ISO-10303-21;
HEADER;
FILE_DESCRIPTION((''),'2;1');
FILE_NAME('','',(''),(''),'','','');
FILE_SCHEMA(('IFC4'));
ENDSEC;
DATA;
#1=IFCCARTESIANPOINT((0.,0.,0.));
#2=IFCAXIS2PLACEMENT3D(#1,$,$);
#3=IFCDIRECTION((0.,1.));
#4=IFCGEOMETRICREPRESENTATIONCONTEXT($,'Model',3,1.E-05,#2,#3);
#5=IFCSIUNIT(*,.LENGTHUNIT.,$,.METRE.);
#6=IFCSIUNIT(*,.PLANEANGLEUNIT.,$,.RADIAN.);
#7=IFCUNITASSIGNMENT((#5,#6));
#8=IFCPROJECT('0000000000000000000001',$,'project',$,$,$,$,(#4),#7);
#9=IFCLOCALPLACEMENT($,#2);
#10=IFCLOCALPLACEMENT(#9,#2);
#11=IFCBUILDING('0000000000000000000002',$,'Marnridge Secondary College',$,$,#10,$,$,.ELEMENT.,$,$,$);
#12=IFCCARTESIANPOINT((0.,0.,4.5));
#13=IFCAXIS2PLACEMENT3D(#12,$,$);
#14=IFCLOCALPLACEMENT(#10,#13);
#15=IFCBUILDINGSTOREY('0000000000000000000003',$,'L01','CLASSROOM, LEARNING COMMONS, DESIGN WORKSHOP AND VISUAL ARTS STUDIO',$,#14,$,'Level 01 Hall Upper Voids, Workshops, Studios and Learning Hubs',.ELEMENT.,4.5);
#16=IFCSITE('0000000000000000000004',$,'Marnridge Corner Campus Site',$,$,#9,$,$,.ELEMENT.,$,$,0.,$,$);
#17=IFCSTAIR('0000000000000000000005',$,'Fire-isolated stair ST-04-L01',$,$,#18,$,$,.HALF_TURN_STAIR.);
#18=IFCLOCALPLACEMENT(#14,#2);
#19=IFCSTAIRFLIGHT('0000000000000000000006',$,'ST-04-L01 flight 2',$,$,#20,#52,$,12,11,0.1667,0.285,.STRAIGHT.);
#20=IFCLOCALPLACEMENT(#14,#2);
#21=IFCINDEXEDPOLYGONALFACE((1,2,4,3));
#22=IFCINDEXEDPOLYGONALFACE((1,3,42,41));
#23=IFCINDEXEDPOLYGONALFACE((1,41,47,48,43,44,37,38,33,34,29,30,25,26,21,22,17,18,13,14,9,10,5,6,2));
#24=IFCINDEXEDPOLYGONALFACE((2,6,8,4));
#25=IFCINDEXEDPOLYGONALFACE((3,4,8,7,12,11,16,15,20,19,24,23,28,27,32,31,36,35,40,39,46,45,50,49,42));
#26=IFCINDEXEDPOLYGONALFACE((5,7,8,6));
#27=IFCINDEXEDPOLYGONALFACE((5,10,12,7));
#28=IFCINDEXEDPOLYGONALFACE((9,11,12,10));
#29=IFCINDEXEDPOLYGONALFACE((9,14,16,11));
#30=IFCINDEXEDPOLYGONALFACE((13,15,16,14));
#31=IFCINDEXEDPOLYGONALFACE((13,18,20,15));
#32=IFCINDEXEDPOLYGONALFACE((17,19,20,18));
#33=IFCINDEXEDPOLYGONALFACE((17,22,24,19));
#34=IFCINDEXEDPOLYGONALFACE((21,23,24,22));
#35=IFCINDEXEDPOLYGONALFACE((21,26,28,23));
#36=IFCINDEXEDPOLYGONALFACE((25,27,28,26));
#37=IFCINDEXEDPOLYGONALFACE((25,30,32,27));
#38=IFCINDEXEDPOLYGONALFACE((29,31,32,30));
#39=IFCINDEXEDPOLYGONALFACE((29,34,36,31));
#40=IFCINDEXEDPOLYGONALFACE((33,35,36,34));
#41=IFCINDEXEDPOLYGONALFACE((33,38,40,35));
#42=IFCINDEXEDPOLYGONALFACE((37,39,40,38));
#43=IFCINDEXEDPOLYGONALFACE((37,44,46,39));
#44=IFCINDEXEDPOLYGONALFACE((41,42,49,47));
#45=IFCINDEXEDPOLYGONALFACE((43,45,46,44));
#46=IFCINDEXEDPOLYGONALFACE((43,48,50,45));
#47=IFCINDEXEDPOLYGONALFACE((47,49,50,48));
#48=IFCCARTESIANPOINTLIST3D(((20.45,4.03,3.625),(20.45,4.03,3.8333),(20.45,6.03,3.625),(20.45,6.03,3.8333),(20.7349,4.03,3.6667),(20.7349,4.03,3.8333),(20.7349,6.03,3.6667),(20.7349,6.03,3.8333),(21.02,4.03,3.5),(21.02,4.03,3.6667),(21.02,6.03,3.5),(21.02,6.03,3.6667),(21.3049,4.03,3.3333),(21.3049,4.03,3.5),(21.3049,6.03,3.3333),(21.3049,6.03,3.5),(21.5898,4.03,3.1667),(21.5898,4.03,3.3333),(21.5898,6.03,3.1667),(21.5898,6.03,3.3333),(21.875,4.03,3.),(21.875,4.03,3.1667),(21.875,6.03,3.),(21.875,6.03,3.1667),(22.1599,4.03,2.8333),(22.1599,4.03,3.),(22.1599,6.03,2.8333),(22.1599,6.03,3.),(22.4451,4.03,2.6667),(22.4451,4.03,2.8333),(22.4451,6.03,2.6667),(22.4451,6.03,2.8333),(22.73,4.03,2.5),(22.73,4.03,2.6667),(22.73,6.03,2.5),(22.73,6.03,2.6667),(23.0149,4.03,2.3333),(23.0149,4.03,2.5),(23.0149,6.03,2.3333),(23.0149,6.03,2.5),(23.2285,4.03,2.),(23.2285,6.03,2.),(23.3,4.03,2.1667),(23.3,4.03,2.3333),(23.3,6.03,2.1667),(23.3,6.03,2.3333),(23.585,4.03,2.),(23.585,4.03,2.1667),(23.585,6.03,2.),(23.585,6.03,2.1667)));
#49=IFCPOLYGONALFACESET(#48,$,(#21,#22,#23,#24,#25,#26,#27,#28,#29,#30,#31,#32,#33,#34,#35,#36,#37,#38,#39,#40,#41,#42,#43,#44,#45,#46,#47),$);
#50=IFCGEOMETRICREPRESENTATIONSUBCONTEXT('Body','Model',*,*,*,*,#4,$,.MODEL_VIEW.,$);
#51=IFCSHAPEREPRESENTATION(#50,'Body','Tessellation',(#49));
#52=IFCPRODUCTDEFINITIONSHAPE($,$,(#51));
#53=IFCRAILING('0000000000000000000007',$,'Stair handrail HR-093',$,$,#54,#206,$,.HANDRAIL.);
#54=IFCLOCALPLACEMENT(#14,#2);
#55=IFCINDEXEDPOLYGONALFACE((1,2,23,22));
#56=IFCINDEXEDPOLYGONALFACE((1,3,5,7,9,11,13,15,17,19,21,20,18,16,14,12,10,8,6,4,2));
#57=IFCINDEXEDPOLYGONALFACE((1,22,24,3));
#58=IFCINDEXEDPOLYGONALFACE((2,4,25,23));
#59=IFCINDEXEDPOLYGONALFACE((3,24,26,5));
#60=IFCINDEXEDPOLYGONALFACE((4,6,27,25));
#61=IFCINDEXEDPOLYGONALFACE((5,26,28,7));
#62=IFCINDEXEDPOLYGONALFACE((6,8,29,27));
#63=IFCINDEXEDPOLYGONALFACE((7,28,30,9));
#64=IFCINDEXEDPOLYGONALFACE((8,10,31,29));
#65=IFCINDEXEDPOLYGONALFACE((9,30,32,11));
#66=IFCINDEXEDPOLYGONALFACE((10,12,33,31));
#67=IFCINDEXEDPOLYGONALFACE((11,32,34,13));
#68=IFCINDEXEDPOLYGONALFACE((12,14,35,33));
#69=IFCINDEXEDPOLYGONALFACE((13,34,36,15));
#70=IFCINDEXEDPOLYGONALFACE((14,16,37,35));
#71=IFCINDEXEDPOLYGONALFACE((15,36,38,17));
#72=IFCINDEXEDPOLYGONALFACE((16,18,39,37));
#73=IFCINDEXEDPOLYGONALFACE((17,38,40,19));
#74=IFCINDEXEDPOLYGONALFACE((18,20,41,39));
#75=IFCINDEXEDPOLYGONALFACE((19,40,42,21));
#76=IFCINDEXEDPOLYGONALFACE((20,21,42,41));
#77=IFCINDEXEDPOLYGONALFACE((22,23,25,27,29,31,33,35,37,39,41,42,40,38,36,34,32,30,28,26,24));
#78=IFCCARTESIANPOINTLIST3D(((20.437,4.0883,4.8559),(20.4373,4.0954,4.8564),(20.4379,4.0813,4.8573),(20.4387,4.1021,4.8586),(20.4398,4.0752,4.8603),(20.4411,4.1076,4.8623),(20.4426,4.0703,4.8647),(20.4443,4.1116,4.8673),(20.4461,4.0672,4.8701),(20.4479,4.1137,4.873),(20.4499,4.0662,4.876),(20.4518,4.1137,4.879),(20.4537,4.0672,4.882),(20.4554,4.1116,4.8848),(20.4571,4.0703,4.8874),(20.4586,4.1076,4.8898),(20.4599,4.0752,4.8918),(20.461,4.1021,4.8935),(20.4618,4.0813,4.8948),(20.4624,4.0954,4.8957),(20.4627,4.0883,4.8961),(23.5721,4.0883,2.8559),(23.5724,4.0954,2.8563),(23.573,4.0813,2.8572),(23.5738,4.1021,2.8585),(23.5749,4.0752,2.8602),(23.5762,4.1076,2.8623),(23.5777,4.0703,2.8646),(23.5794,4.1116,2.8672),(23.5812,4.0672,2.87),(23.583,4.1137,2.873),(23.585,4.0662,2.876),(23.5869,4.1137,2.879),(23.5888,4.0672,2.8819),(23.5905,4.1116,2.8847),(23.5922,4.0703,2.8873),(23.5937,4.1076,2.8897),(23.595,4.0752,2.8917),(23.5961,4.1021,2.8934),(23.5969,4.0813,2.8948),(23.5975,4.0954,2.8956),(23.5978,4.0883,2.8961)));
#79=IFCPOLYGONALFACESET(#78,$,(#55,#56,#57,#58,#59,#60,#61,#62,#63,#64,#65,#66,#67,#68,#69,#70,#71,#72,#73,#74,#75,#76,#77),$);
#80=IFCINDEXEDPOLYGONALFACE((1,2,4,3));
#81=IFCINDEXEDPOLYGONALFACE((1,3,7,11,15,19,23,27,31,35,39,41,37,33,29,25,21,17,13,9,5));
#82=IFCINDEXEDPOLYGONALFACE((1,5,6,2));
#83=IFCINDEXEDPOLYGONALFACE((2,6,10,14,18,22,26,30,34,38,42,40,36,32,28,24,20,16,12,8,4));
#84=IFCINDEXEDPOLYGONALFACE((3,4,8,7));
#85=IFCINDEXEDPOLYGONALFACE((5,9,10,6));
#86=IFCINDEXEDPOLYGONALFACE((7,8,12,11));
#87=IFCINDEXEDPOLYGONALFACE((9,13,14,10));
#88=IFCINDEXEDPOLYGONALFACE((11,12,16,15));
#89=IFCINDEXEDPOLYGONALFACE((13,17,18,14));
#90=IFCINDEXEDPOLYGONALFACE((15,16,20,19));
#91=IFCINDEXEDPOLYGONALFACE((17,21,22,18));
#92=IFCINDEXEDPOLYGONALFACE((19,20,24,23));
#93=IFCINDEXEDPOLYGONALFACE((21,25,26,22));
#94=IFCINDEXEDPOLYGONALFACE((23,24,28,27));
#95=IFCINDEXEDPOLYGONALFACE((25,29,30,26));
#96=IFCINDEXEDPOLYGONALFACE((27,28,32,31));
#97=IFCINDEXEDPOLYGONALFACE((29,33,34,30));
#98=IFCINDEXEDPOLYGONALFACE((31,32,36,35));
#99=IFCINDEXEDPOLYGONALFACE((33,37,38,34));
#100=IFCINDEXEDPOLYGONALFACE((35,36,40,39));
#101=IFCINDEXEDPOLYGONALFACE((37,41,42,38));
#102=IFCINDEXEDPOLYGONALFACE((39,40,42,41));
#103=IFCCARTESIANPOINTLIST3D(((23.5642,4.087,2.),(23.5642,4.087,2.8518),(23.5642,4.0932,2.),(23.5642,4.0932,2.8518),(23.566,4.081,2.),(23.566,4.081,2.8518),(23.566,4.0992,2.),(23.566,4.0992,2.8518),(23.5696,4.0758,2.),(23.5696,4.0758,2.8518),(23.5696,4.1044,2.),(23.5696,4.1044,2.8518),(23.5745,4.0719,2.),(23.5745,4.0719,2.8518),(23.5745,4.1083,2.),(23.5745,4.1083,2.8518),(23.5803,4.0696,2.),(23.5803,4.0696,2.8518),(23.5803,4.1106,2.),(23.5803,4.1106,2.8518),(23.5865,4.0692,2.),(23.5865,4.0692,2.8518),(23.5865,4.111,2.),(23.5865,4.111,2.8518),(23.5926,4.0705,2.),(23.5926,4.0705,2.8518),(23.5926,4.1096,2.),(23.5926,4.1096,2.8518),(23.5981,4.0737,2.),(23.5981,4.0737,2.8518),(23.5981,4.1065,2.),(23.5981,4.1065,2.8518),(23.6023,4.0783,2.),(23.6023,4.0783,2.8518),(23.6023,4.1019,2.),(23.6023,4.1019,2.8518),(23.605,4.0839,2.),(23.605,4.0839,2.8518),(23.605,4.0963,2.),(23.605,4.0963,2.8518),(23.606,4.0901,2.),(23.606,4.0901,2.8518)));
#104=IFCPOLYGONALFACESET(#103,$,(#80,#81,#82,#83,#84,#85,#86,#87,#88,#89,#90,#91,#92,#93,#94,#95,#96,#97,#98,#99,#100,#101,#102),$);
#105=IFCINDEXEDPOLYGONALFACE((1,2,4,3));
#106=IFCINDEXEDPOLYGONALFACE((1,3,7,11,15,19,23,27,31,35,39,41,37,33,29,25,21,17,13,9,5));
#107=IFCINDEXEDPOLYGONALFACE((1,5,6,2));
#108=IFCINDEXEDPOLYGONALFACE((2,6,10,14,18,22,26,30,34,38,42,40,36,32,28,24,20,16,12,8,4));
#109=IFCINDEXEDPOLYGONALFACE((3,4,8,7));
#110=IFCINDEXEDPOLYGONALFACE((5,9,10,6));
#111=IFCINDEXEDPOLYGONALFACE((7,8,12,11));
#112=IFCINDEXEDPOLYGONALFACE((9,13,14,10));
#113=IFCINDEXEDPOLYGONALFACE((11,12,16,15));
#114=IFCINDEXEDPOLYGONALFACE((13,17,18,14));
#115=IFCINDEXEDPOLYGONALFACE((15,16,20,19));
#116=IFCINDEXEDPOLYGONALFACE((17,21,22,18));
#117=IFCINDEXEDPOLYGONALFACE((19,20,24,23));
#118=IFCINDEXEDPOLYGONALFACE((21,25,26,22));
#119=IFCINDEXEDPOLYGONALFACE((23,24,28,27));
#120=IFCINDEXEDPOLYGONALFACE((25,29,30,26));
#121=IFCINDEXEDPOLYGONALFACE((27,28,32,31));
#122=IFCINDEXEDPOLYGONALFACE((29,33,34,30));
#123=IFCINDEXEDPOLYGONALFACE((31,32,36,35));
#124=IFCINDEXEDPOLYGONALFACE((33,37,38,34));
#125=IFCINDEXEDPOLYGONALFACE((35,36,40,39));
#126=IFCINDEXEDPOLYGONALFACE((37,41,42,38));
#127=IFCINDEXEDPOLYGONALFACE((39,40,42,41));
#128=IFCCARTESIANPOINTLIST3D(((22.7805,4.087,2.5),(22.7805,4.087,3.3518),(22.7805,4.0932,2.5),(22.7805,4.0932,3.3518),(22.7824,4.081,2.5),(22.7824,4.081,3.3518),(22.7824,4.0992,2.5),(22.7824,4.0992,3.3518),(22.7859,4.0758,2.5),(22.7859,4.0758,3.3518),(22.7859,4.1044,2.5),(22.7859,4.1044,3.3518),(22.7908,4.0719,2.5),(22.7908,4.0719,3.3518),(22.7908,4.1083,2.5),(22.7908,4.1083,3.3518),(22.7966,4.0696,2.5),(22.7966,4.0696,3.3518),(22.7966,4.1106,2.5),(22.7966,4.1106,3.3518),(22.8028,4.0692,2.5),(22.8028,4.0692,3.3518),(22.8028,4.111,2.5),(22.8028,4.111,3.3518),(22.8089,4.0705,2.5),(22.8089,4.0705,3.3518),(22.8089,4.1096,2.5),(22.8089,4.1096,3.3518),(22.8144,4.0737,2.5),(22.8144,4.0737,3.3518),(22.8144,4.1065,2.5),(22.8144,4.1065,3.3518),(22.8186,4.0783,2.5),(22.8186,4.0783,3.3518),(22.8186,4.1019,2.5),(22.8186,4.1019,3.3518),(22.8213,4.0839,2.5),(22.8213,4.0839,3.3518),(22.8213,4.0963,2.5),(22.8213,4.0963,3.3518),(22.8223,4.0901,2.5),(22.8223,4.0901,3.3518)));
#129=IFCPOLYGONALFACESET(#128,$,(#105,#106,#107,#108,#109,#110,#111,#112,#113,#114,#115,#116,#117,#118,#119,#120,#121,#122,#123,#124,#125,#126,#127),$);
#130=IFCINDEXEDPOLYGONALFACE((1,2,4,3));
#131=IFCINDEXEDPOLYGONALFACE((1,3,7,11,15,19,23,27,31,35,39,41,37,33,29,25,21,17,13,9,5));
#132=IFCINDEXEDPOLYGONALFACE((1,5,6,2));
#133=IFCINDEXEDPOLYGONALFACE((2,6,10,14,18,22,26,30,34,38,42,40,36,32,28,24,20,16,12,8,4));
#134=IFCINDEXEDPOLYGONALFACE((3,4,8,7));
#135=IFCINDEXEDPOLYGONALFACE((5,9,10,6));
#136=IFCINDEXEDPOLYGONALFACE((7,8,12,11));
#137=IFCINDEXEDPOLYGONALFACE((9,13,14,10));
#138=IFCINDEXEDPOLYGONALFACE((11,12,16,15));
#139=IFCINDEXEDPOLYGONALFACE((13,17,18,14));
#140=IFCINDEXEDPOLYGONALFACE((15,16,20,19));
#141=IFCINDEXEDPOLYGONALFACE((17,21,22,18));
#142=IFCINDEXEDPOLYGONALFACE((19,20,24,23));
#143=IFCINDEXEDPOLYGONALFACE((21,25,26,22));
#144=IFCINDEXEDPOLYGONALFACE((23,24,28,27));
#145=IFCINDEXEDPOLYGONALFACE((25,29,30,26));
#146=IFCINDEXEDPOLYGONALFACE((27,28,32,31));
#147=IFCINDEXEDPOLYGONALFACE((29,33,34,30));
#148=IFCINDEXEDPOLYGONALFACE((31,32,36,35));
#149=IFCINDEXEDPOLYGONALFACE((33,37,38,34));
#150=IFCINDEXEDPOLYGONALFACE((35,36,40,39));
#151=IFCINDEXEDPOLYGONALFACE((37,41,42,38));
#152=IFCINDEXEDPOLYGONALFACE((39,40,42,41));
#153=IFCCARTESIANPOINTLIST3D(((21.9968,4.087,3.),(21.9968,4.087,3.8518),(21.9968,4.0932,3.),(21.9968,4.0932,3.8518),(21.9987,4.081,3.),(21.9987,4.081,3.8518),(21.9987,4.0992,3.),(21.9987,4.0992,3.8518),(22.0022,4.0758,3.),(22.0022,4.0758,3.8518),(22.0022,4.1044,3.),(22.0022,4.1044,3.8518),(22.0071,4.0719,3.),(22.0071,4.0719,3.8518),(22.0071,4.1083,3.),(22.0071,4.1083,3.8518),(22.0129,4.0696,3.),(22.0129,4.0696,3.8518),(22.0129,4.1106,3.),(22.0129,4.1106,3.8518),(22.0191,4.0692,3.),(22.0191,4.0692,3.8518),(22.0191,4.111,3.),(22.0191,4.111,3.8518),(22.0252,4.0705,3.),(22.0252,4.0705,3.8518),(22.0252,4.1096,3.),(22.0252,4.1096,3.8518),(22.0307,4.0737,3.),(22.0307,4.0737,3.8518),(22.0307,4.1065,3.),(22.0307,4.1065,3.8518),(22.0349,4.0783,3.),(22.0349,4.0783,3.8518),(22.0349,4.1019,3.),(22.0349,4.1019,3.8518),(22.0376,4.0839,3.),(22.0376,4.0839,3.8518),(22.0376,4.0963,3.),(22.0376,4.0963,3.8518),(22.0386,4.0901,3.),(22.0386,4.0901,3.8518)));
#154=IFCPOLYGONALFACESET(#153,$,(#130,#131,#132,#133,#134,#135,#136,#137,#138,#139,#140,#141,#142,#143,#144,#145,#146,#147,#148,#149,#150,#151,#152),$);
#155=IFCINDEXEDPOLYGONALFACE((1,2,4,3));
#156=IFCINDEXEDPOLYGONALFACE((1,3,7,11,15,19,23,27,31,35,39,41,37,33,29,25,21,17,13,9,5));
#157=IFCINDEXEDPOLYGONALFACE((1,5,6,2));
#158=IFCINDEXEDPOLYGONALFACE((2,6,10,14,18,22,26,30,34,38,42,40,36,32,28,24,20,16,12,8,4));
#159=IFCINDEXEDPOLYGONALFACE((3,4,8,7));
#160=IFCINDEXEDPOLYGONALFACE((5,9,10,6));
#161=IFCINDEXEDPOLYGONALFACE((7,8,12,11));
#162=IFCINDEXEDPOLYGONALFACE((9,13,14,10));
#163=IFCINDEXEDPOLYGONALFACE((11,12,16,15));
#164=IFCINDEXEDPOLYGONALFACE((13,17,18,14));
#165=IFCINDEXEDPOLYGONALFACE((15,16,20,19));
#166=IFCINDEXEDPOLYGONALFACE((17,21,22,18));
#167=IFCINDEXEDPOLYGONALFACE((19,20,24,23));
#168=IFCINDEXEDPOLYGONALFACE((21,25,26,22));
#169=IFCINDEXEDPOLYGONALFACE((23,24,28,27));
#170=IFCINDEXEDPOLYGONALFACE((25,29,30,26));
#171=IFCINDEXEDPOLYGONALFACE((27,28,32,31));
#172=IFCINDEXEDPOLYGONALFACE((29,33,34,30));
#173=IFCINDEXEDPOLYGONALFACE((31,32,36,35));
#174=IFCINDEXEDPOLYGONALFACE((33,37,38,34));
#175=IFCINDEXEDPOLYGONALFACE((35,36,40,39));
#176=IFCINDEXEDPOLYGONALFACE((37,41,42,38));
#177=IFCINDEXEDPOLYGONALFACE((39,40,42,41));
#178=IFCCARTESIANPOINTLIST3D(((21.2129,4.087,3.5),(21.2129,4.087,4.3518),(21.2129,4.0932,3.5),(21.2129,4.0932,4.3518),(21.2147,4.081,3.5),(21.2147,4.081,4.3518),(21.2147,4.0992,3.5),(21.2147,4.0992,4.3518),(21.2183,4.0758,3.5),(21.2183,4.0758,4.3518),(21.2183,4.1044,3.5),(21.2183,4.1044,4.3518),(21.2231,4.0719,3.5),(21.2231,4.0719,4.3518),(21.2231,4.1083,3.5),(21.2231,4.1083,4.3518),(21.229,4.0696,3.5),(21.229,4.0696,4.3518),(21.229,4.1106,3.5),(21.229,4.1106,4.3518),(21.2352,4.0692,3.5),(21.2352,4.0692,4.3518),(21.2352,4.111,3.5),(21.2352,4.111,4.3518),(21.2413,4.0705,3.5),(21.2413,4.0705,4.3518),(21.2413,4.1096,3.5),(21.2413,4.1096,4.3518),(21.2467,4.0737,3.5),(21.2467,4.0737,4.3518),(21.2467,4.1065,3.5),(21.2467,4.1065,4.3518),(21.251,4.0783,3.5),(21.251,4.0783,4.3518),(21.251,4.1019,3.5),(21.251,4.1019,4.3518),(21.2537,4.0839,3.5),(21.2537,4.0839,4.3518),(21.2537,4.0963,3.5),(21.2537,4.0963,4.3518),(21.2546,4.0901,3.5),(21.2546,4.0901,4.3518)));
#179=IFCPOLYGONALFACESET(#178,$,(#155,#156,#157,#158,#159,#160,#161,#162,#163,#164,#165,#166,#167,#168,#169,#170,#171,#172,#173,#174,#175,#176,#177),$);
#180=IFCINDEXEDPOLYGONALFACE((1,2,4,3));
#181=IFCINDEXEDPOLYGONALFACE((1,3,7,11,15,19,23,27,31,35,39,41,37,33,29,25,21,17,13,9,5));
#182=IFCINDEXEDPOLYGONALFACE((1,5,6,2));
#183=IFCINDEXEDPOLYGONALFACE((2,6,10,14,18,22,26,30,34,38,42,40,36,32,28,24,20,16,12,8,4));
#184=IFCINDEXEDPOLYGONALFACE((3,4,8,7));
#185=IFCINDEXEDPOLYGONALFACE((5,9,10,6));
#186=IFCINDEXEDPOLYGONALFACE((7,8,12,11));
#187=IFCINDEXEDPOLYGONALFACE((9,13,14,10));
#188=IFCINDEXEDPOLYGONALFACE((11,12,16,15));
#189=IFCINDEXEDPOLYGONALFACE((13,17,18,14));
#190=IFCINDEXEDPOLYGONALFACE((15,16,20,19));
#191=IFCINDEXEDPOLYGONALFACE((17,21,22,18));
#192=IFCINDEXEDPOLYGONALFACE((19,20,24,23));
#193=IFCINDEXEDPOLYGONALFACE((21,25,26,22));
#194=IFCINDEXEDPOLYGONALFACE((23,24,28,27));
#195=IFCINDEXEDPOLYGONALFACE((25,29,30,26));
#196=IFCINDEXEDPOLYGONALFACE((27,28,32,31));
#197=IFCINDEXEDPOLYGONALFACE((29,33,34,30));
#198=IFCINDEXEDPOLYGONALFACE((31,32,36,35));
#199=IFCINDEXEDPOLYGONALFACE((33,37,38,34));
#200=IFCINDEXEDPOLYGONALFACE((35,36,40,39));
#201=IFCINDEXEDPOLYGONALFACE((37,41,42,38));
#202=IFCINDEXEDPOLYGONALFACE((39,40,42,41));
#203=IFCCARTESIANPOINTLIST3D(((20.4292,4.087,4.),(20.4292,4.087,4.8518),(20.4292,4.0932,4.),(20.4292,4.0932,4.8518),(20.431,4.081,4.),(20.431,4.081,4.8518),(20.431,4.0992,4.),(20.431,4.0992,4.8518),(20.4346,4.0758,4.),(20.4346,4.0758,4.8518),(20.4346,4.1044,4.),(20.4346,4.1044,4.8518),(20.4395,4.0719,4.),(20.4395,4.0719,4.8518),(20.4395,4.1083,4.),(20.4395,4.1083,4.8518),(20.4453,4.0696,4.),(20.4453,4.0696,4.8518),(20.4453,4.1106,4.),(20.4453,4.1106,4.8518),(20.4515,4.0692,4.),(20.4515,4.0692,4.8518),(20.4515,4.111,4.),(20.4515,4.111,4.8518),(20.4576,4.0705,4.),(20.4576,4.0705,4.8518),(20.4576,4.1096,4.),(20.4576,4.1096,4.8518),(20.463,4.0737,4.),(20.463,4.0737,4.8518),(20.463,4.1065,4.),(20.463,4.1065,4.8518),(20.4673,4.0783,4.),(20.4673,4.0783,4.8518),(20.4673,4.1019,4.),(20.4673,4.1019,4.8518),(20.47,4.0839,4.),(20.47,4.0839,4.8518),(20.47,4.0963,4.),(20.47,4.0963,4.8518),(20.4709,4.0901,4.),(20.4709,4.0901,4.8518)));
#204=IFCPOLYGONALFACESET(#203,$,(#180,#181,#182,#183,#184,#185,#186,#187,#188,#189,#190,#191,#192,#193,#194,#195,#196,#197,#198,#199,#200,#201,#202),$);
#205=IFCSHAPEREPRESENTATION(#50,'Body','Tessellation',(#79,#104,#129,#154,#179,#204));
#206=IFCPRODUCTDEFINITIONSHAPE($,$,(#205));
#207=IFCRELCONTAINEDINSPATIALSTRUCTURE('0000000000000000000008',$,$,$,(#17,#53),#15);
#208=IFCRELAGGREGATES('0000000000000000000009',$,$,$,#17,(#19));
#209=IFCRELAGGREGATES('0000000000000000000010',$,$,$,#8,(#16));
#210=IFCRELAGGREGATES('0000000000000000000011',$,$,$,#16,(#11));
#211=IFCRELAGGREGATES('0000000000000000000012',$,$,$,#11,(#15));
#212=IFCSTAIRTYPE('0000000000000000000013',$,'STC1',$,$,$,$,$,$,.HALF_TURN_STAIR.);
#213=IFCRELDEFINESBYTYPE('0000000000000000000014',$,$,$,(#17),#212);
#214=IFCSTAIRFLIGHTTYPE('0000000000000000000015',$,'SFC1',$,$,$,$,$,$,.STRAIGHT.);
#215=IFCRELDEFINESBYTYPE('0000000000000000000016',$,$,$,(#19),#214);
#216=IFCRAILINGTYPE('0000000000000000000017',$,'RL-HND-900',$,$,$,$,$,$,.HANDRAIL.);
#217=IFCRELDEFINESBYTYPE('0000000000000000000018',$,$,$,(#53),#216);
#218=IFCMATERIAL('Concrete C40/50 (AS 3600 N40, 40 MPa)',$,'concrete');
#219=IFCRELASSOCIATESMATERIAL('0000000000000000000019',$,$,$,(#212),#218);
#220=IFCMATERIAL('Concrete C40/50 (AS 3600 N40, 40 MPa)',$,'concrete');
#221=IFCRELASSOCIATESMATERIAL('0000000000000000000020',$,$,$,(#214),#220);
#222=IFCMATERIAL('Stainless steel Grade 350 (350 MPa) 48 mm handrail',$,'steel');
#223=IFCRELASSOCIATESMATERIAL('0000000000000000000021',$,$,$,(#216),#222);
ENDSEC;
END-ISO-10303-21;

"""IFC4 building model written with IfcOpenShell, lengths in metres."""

from ifc_helpers import new_model, si_unit, direction, frame, origin, origin_2d, place, context, subcontext, project, spatial, polyline, circle, outline, extrude, material, type_object, element, aggregate, save


model = new_model("IFC4")

# Units and contexts
model_context = context("Model", 3, precision=1e-05, world=origin(), true_north=direction((0.0, 1.0)))
body_context = subcontext(model_context, "Body", "Model", "MODEL_VIEW")
ifc_project = project(units=[si_unit("LENGTHUNIT", "METRE"), si_unit("PLANEANGLEUNIT", "RADIAN")], contexts=[model_context])

# Site, building, storey
site_placement = place(None, origin())
site = spatial("IfcSite", under=ifc_project, at=site_placement, Name="Marnridge Corner Campus Site", CompositionType="ELEMENT", RefElevation=0.0)
building_placement = place(site_placement, origin())
building = spatial("IfcBuilding", under=site, at=building_placement, Name="Marnridge Secondary College", CompositionType="ELEMENT")
storey_placement = place(building_placement, frame((0.0, 0.0, 4.5)))
storey = spatial("IfcBuildingStorey", under=building, at=storey_placement, Name="L01", Description="CLASSROOM, LEARNING COMMONS, DESIGN WORKSHOP AND VISUAL ARTS STUDIO", LongName="Level 01 Hall Upper Voids, Workshops, Studios and Learning Hubs", CompositionType="ELEMENT", Elevation=4.5)

# Stair, stair flight
ifc_material_1 = material(Name="Concrete C40/50 (AS 3600 N40, 40 MPa)", Category="concrete")
stair_type = type_object("IfcStairType", Name="STC1", PredefinedType="HALF_TURN_STAIR", material=ifc_material_1)
stair_placement = place(storey_placement, origin())
stair = element("IfcStair", 1, at=stair_placement, inside=storey, type_object=stair_type, Name="Fire-isolated stair ST-04-L01", PredefinedType="HALF_TURN_STAIR")
ifc_material_2 = material(Name="Concrete C40/50 (AS 3600 N40, 40 MPa)", Category="concrete")
stair_flight_type = type_object("IfcStairFlightType", Name="SFC1", PredefinedType="STRAIGHT", material=ifc_material_2)
stair_flight_placement = place(storey_placement, frame((23.585, 5.03, 2.0), z_axis=(0.0, 0.0, 1.0), x_axis=(-1.0, 0.0, 0.0)))
stair_flight = element("IfcStairFlight", 2, at=stair_flight_placement, type_object=stair_flight_type, Name="ST-04-L01 flight 2", NumberOfRisers=12, NumberOfTreads=11, PredefinedType="STRAIGHT", RiserHeight=0.1667, TreadLength=0.285, context=body_context, shape_type="SweptSolid", body=[
    extrude(outline(polyline([(0.0, 0.0), (0.0, 0.1667), (0.2849, 0.1667), (0.2849, 0.3333), (0.5701, 0.3333), (0.5701, 0.5), (0.855, 0.5), (0.855, 0.6667), (1.1399, 0.6667), (1.1399, 0.8333), (1.425, 0.8333), (1.425, 1.0), (1.71, 1.0), (1.71, 1.1667), (1.9951, 1.1667), (1.9951, 1.3333), (2.28, 1.3333), (2.28, 1.5), (2.5649, 1.5), (2.5649, 1.6667), (2.8501, 1.6667), (2.8501, 1.8333), (3.135, 1.8333), (3.135, 2.0), (3.135, 1.625), (0.3564, 0.0), (0.0, 0.0)])), frame((0.0, 1.0, 0.0), z_axis=(0.0, -1.0, 0.0), x_axis=(1.0, 0.0, 0.0)), (0.0, 0.0, 1.0), 2.0),
])
aggregate(stair, [stair_flight])

# Railing
ifc_material_3 = material(Name="Stainless steel Grade 350 (350 MPa) 48 mm handrail", Category="steel")
railing_type = type_object("IfcRailingType", Name="RL-HND-900", PredefinedType="HANDRAIL", material=ifc_material_3)
for number, where, name in (
    (3, (23.585, 4.0901, 2.0), "Stair handrail HR-093"),
):
    element("IfcRailing", number, at=place(storey_placement, frame(where)), inside=storey, type_object=railing_type, Name=name, PredefinedType="HANDRAIL", context=body_context, shape_type="SweptSolid", body=[
        extrude(circle(Radius=0.0239, at=origin_2d()), frame((0.0, 0.0, 0.876), z_axis=(-0.843053, 0.0, 0.537831), x_axis=(0.0, -1.0, 0.0)), (0.0, 0.0, 1.0), 3.7188),
        extrude(circle(Radius=0.021, at=origin_2d()), origin(), (0.0, 0.0, 1.0), 0.8518),
        extrude(circle(Radius=0.021, at=origin_2d()), frame((-0.7837, 0.0, 0.5)), (0.0, 0.0, 1.0), 0.8518),
        extrude(circle(Radius=0.021, at=origin_2d()), frame((-1.5674, 0.0, 1.0)), (0.0, 0.0, 1.0), 0.8518),
        extrude(circle(Radius=0.021, at=origin_2d()), frame((-2.3513, 0.0, 1.5)), (0.0, 0.0, 1.0), 0.8518),
        extrude(circle(Radius=0.021, at=origin_2d()), frame((-3.135, 0.0, 2.0)), (0.0, 0.0, 1.0), 0.8518),
    ])

save(model, "model.ifc")
